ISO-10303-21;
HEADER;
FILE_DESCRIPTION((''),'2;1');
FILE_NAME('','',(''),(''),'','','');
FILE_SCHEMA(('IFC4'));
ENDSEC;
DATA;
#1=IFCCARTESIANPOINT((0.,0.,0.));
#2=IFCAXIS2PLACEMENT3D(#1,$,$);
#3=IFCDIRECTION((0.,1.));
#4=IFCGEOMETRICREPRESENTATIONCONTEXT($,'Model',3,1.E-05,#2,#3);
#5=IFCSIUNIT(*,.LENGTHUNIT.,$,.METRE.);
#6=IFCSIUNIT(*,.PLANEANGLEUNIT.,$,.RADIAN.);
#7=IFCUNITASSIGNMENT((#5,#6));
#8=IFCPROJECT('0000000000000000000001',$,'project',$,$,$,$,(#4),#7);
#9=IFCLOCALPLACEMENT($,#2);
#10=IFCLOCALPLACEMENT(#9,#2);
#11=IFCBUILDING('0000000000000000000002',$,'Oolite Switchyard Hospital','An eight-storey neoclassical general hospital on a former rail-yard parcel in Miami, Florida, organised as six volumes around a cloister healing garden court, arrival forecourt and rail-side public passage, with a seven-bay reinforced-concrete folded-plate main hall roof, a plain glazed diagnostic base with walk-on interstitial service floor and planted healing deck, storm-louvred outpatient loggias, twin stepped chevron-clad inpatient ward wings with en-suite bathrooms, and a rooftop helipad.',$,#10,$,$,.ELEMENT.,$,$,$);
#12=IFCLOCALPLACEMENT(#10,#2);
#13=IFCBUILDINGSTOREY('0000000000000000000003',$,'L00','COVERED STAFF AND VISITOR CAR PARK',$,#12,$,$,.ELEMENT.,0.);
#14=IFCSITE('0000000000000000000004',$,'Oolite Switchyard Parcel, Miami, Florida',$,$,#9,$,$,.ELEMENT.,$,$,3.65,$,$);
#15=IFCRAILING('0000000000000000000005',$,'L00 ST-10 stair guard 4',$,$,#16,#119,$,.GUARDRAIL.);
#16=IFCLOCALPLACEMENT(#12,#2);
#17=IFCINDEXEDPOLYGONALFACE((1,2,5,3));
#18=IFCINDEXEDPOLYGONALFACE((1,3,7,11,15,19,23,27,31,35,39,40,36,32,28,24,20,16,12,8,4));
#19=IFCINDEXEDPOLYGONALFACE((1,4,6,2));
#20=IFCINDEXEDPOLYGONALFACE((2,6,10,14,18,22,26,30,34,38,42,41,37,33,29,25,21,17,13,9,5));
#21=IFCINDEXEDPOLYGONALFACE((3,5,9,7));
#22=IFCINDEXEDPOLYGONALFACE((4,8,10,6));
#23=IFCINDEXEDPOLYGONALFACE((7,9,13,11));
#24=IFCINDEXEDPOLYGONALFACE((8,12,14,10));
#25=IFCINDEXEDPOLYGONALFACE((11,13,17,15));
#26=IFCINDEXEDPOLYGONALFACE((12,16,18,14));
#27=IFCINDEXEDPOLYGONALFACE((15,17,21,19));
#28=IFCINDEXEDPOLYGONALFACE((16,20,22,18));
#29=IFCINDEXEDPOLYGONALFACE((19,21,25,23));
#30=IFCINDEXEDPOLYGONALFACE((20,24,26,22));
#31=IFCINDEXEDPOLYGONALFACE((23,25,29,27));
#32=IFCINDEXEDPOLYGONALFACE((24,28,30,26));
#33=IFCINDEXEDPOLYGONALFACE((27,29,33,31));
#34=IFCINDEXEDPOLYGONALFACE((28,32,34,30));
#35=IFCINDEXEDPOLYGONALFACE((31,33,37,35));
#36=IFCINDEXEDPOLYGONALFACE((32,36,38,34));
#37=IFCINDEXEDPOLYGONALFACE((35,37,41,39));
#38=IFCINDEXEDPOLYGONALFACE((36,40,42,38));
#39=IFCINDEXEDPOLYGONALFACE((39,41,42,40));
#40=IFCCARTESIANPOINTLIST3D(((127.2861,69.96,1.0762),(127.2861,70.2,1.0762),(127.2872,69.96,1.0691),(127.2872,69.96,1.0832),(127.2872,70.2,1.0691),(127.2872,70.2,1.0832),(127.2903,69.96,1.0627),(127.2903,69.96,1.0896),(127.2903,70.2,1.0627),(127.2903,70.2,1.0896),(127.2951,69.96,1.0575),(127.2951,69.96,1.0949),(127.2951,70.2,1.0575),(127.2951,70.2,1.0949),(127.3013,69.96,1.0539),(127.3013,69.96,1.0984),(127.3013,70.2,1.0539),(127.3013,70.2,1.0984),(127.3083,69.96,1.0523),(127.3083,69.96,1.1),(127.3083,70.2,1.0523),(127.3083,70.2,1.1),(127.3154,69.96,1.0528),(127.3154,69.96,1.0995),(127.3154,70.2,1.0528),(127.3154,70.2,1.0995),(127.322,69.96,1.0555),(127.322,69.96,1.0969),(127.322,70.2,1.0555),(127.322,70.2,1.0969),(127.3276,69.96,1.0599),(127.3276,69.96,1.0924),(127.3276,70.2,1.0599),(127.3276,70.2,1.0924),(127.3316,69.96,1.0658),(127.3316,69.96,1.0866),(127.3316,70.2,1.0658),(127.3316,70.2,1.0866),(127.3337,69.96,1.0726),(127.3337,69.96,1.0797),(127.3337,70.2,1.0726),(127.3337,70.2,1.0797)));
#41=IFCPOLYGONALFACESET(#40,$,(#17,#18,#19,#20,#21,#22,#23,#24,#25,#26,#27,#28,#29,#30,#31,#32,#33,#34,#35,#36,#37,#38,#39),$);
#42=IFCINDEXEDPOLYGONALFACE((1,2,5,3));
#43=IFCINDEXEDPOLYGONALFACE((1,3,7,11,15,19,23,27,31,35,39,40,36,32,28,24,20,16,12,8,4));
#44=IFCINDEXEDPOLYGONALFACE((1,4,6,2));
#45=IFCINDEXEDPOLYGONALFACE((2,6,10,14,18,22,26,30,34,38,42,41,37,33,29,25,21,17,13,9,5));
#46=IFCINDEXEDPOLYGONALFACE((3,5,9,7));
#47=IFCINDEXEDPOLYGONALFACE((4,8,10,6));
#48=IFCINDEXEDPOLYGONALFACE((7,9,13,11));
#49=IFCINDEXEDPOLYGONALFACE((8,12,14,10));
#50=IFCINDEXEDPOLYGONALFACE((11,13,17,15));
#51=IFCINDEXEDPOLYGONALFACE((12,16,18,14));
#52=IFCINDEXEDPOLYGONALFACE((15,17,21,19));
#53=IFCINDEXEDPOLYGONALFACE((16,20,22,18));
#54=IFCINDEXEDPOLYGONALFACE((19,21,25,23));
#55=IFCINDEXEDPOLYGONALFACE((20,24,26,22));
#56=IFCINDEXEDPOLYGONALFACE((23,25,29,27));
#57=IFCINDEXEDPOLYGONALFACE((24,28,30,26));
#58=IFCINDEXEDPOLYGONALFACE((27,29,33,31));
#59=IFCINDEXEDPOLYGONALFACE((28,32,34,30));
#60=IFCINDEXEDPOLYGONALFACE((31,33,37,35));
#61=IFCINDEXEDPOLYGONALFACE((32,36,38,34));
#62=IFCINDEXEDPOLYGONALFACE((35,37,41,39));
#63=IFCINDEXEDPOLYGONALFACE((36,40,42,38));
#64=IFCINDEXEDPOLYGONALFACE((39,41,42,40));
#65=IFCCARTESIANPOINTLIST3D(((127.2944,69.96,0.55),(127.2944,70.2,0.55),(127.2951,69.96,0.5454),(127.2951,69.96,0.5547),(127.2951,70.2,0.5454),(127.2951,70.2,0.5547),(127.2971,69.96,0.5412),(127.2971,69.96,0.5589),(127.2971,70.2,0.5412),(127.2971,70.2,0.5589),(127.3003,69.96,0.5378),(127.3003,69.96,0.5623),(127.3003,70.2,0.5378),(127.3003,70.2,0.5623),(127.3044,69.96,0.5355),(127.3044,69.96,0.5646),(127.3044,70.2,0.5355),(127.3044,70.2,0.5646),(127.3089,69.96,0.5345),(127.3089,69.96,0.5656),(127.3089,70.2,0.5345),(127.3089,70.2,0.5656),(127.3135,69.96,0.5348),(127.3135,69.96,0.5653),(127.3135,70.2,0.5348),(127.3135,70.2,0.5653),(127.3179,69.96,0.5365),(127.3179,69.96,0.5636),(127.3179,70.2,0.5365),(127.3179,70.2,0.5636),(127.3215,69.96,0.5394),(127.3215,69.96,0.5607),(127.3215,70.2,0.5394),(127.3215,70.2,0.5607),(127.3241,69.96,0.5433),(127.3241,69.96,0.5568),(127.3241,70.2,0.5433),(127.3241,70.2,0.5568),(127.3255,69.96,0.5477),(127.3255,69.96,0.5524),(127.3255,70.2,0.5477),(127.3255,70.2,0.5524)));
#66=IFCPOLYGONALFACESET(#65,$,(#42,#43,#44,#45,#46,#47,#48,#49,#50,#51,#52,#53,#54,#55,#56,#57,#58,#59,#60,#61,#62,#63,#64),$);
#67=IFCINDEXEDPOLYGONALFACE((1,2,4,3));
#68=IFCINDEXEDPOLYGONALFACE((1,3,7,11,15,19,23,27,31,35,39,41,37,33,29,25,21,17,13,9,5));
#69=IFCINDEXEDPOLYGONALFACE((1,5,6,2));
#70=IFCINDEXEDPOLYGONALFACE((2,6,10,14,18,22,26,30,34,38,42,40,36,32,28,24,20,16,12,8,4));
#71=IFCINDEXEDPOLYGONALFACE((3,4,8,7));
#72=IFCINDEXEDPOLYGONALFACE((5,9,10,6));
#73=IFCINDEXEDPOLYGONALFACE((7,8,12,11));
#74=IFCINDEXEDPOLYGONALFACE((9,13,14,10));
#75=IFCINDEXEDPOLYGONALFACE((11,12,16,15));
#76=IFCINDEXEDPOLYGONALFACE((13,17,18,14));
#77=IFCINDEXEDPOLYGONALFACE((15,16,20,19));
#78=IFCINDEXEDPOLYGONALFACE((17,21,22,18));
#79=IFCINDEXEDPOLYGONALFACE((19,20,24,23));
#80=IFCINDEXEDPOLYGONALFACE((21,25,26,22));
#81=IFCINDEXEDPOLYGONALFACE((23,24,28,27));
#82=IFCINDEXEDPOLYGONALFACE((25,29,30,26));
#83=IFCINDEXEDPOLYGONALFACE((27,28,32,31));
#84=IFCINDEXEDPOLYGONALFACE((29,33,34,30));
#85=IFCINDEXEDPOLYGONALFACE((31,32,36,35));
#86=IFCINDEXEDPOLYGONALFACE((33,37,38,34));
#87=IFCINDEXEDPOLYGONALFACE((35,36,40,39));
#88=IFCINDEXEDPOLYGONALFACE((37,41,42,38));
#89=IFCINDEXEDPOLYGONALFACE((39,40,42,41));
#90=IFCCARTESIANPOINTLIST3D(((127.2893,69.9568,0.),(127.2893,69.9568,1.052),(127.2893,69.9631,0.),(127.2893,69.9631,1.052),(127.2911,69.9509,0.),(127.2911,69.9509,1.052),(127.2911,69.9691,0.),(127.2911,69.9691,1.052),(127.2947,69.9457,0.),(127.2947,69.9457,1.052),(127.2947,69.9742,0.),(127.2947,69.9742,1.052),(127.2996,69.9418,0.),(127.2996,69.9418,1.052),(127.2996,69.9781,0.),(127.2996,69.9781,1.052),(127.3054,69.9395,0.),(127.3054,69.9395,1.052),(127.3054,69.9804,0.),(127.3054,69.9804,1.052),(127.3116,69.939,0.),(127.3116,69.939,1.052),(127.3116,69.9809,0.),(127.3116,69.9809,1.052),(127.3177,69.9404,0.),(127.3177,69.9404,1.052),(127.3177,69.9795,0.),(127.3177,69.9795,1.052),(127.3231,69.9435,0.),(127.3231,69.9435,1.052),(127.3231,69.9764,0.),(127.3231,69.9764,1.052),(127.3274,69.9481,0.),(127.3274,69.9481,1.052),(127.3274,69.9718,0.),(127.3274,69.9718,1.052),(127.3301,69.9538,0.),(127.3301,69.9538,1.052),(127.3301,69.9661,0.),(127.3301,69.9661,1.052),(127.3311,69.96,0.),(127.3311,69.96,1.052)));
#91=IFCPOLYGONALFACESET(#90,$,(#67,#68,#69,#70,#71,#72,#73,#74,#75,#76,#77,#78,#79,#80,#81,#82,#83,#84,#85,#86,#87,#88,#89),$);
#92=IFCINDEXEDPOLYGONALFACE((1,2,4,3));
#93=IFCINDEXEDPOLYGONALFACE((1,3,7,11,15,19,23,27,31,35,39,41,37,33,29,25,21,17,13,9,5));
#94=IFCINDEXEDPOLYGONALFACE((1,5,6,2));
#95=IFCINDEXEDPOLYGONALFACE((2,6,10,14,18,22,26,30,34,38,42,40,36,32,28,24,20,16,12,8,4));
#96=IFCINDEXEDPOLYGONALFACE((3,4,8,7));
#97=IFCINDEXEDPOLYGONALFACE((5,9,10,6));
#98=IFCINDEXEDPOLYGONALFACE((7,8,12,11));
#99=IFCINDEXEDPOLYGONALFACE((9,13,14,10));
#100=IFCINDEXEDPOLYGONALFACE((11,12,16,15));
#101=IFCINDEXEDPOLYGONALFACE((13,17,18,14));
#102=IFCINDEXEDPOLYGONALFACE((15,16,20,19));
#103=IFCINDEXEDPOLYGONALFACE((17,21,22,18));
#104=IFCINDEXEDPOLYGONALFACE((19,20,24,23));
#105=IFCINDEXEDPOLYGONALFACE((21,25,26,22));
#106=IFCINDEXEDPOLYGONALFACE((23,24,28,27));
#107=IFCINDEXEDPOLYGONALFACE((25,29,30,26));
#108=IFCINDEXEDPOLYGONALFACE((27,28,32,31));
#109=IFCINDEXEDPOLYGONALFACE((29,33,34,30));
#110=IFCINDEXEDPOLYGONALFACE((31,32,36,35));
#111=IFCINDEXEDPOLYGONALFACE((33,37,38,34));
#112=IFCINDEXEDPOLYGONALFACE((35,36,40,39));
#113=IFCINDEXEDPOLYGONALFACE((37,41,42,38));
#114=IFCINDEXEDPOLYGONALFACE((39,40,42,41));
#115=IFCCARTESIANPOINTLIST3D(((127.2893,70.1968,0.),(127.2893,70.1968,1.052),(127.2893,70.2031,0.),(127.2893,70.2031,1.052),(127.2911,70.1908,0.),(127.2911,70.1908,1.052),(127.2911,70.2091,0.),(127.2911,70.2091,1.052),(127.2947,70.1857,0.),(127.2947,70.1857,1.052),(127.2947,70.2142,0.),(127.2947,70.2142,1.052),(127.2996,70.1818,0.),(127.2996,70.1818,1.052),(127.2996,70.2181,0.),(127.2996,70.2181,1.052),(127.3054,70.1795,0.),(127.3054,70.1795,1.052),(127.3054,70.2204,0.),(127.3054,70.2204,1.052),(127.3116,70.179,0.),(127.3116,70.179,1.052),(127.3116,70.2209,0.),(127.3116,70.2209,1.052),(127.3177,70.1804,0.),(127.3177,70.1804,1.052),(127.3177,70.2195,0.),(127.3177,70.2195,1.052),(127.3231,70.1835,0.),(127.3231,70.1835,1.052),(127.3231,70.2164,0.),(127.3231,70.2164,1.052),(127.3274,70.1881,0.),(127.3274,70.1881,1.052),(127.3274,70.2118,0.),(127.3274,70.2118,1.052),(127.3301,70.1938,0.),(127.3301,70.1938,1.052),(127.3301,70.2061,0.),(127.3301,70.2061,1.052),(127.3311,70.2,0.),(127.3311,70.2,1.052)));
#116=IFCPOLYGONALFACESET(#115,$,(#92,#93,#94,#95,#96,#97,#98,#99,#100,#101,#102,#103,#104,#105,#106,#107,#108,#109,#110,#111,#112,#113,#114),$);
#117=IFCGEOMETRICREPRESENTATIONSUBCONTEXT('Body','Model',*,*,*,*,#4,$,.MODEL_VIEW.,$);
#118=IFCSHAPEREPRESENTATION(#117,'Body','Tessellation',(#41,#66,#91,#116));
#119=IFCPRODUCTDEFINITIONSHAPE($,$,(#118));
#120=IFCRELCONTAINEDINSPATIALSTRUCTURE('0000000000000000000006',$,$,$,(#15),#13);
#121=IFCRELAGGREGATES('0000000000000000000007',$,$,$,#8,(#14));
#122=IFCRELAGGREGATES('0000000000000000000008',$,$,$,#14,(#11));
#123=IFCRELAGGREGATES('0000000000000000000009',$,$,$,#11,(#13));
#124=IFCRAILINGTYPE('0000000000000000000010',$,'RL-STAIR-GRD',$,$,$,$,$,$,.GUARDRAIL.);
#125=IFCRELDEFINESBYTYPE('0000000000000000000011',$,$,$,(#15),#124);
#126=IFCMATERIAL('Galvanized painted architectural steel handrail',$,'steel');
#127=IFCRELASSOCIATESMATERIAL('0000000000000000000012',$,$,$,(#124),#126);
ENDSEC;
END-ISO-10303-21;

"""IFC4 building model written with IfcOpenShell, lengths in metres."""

from ifc_helpers import new_model, si_unit, direction, frame, origin, origin_2d, place, context, subcontext, project, spatial, circle, extrude, material, type_object, element, save


model = new_model("IFC4")

# Units and contexts
model_context = context("Model", 3, precision=1e-05, world=origin(), true_north=direction((0.0, 1.0)))
body_context = subcontext(model_context, "Body", "Model", "MODEL_VIEW")
ifc_project = project(units=[si_unit("LENGTHUNIT", "METRE"), si_unit("PLANEANGLEUNIT", "RADIAN")], contexts=[model_context])

# Site, building, storey
site_placement = place(None, origin())
site = spatial("IfcSite", under=ifc_project, at=site_placement, Name="Oolite Switchyard Parcel, Miami, Florida", CompositionType="ELEMENT", RefElevation=3.65)
building_placement = place(site_placement, origin())
building = spatial("IfcBuilding", under=site, at=building_placement, Name="Oolite Switchyard Hospital", Description="An eight-storey neoclassical general hospital on a former rail-yard parcel in Miami, Florida, organised as six volumes around a cloister healing garden court, arrival forecourt and rail-side public passage, with a seven-bay reinforced-concrete folded-plate main hall roof, a plain glazed diagnostic base with walk-on interstitial service floor and planted healing deck, storm-louvred outpatient loggias, twin stepped chevron-clad inpatient ward wings with en-suite bathrooms, and a rooftop helipad.", CompositionType="ELEMENT")
storey_placement = place(building_placement, origin())
storey = spatial("IfcBuildingStorey", under=building, at=storey_placement, Name="L00", Description="COVERED STAFF AND VISITOR CAR PARK", CompositionType="ELEMENT", Elevation=0.0)

# Railing
ifc_material_1 = material(Name="Galvanized painted architectural steel handrail", Category="steel")
railing_type_1 = type_object("IfcRailingType", Name="RL-STAIR-GRD", PredefinedType="GUARDRAIL", material=ifc_material_1)
railing_1_placement = place(storey_placement, frame((127.3101, 69.96, 0.0)))
element("IfcRailing", 1, at=railing_1_placement, inside=storey, type_object=railing_type_1, Name="L00 ST-10 stair guard 4", PredefinedType="GUARDRAIL", context=body_context, shape_type="SweptSolid", body=[
    extrude(circle(Radius=0.0239, at=origin_2d()), frame((0.0, 0.0, 1.0762), z_axis=(0.0, 1.0, 0.0), x_axis=(-1.0, 0.0, 0.0)), (0.0, 0.0, 1.0), 0.24),
    extrude(circle(Radius=0.0156, at=origin_2d()), frame((0.0, 0.0, 0.55), z_axis=(0.0, 1.0, 0.0), x_axis=(-1.0, 0.0, 0.0)), (0.0, 0.0, 1.0), 0.24),
    extrude(circle(Radius=0.021, at=origin_2d()), origin(), (0.0, 0.0, 1.0), 1.052),
    extrude(circle(Radius=0.021, at=origin_2d()), frame((0.0, 0.24, 0.0)), (0.0, 0.0, 1.0), 1.052),
])

save(model, "model.ifc")
